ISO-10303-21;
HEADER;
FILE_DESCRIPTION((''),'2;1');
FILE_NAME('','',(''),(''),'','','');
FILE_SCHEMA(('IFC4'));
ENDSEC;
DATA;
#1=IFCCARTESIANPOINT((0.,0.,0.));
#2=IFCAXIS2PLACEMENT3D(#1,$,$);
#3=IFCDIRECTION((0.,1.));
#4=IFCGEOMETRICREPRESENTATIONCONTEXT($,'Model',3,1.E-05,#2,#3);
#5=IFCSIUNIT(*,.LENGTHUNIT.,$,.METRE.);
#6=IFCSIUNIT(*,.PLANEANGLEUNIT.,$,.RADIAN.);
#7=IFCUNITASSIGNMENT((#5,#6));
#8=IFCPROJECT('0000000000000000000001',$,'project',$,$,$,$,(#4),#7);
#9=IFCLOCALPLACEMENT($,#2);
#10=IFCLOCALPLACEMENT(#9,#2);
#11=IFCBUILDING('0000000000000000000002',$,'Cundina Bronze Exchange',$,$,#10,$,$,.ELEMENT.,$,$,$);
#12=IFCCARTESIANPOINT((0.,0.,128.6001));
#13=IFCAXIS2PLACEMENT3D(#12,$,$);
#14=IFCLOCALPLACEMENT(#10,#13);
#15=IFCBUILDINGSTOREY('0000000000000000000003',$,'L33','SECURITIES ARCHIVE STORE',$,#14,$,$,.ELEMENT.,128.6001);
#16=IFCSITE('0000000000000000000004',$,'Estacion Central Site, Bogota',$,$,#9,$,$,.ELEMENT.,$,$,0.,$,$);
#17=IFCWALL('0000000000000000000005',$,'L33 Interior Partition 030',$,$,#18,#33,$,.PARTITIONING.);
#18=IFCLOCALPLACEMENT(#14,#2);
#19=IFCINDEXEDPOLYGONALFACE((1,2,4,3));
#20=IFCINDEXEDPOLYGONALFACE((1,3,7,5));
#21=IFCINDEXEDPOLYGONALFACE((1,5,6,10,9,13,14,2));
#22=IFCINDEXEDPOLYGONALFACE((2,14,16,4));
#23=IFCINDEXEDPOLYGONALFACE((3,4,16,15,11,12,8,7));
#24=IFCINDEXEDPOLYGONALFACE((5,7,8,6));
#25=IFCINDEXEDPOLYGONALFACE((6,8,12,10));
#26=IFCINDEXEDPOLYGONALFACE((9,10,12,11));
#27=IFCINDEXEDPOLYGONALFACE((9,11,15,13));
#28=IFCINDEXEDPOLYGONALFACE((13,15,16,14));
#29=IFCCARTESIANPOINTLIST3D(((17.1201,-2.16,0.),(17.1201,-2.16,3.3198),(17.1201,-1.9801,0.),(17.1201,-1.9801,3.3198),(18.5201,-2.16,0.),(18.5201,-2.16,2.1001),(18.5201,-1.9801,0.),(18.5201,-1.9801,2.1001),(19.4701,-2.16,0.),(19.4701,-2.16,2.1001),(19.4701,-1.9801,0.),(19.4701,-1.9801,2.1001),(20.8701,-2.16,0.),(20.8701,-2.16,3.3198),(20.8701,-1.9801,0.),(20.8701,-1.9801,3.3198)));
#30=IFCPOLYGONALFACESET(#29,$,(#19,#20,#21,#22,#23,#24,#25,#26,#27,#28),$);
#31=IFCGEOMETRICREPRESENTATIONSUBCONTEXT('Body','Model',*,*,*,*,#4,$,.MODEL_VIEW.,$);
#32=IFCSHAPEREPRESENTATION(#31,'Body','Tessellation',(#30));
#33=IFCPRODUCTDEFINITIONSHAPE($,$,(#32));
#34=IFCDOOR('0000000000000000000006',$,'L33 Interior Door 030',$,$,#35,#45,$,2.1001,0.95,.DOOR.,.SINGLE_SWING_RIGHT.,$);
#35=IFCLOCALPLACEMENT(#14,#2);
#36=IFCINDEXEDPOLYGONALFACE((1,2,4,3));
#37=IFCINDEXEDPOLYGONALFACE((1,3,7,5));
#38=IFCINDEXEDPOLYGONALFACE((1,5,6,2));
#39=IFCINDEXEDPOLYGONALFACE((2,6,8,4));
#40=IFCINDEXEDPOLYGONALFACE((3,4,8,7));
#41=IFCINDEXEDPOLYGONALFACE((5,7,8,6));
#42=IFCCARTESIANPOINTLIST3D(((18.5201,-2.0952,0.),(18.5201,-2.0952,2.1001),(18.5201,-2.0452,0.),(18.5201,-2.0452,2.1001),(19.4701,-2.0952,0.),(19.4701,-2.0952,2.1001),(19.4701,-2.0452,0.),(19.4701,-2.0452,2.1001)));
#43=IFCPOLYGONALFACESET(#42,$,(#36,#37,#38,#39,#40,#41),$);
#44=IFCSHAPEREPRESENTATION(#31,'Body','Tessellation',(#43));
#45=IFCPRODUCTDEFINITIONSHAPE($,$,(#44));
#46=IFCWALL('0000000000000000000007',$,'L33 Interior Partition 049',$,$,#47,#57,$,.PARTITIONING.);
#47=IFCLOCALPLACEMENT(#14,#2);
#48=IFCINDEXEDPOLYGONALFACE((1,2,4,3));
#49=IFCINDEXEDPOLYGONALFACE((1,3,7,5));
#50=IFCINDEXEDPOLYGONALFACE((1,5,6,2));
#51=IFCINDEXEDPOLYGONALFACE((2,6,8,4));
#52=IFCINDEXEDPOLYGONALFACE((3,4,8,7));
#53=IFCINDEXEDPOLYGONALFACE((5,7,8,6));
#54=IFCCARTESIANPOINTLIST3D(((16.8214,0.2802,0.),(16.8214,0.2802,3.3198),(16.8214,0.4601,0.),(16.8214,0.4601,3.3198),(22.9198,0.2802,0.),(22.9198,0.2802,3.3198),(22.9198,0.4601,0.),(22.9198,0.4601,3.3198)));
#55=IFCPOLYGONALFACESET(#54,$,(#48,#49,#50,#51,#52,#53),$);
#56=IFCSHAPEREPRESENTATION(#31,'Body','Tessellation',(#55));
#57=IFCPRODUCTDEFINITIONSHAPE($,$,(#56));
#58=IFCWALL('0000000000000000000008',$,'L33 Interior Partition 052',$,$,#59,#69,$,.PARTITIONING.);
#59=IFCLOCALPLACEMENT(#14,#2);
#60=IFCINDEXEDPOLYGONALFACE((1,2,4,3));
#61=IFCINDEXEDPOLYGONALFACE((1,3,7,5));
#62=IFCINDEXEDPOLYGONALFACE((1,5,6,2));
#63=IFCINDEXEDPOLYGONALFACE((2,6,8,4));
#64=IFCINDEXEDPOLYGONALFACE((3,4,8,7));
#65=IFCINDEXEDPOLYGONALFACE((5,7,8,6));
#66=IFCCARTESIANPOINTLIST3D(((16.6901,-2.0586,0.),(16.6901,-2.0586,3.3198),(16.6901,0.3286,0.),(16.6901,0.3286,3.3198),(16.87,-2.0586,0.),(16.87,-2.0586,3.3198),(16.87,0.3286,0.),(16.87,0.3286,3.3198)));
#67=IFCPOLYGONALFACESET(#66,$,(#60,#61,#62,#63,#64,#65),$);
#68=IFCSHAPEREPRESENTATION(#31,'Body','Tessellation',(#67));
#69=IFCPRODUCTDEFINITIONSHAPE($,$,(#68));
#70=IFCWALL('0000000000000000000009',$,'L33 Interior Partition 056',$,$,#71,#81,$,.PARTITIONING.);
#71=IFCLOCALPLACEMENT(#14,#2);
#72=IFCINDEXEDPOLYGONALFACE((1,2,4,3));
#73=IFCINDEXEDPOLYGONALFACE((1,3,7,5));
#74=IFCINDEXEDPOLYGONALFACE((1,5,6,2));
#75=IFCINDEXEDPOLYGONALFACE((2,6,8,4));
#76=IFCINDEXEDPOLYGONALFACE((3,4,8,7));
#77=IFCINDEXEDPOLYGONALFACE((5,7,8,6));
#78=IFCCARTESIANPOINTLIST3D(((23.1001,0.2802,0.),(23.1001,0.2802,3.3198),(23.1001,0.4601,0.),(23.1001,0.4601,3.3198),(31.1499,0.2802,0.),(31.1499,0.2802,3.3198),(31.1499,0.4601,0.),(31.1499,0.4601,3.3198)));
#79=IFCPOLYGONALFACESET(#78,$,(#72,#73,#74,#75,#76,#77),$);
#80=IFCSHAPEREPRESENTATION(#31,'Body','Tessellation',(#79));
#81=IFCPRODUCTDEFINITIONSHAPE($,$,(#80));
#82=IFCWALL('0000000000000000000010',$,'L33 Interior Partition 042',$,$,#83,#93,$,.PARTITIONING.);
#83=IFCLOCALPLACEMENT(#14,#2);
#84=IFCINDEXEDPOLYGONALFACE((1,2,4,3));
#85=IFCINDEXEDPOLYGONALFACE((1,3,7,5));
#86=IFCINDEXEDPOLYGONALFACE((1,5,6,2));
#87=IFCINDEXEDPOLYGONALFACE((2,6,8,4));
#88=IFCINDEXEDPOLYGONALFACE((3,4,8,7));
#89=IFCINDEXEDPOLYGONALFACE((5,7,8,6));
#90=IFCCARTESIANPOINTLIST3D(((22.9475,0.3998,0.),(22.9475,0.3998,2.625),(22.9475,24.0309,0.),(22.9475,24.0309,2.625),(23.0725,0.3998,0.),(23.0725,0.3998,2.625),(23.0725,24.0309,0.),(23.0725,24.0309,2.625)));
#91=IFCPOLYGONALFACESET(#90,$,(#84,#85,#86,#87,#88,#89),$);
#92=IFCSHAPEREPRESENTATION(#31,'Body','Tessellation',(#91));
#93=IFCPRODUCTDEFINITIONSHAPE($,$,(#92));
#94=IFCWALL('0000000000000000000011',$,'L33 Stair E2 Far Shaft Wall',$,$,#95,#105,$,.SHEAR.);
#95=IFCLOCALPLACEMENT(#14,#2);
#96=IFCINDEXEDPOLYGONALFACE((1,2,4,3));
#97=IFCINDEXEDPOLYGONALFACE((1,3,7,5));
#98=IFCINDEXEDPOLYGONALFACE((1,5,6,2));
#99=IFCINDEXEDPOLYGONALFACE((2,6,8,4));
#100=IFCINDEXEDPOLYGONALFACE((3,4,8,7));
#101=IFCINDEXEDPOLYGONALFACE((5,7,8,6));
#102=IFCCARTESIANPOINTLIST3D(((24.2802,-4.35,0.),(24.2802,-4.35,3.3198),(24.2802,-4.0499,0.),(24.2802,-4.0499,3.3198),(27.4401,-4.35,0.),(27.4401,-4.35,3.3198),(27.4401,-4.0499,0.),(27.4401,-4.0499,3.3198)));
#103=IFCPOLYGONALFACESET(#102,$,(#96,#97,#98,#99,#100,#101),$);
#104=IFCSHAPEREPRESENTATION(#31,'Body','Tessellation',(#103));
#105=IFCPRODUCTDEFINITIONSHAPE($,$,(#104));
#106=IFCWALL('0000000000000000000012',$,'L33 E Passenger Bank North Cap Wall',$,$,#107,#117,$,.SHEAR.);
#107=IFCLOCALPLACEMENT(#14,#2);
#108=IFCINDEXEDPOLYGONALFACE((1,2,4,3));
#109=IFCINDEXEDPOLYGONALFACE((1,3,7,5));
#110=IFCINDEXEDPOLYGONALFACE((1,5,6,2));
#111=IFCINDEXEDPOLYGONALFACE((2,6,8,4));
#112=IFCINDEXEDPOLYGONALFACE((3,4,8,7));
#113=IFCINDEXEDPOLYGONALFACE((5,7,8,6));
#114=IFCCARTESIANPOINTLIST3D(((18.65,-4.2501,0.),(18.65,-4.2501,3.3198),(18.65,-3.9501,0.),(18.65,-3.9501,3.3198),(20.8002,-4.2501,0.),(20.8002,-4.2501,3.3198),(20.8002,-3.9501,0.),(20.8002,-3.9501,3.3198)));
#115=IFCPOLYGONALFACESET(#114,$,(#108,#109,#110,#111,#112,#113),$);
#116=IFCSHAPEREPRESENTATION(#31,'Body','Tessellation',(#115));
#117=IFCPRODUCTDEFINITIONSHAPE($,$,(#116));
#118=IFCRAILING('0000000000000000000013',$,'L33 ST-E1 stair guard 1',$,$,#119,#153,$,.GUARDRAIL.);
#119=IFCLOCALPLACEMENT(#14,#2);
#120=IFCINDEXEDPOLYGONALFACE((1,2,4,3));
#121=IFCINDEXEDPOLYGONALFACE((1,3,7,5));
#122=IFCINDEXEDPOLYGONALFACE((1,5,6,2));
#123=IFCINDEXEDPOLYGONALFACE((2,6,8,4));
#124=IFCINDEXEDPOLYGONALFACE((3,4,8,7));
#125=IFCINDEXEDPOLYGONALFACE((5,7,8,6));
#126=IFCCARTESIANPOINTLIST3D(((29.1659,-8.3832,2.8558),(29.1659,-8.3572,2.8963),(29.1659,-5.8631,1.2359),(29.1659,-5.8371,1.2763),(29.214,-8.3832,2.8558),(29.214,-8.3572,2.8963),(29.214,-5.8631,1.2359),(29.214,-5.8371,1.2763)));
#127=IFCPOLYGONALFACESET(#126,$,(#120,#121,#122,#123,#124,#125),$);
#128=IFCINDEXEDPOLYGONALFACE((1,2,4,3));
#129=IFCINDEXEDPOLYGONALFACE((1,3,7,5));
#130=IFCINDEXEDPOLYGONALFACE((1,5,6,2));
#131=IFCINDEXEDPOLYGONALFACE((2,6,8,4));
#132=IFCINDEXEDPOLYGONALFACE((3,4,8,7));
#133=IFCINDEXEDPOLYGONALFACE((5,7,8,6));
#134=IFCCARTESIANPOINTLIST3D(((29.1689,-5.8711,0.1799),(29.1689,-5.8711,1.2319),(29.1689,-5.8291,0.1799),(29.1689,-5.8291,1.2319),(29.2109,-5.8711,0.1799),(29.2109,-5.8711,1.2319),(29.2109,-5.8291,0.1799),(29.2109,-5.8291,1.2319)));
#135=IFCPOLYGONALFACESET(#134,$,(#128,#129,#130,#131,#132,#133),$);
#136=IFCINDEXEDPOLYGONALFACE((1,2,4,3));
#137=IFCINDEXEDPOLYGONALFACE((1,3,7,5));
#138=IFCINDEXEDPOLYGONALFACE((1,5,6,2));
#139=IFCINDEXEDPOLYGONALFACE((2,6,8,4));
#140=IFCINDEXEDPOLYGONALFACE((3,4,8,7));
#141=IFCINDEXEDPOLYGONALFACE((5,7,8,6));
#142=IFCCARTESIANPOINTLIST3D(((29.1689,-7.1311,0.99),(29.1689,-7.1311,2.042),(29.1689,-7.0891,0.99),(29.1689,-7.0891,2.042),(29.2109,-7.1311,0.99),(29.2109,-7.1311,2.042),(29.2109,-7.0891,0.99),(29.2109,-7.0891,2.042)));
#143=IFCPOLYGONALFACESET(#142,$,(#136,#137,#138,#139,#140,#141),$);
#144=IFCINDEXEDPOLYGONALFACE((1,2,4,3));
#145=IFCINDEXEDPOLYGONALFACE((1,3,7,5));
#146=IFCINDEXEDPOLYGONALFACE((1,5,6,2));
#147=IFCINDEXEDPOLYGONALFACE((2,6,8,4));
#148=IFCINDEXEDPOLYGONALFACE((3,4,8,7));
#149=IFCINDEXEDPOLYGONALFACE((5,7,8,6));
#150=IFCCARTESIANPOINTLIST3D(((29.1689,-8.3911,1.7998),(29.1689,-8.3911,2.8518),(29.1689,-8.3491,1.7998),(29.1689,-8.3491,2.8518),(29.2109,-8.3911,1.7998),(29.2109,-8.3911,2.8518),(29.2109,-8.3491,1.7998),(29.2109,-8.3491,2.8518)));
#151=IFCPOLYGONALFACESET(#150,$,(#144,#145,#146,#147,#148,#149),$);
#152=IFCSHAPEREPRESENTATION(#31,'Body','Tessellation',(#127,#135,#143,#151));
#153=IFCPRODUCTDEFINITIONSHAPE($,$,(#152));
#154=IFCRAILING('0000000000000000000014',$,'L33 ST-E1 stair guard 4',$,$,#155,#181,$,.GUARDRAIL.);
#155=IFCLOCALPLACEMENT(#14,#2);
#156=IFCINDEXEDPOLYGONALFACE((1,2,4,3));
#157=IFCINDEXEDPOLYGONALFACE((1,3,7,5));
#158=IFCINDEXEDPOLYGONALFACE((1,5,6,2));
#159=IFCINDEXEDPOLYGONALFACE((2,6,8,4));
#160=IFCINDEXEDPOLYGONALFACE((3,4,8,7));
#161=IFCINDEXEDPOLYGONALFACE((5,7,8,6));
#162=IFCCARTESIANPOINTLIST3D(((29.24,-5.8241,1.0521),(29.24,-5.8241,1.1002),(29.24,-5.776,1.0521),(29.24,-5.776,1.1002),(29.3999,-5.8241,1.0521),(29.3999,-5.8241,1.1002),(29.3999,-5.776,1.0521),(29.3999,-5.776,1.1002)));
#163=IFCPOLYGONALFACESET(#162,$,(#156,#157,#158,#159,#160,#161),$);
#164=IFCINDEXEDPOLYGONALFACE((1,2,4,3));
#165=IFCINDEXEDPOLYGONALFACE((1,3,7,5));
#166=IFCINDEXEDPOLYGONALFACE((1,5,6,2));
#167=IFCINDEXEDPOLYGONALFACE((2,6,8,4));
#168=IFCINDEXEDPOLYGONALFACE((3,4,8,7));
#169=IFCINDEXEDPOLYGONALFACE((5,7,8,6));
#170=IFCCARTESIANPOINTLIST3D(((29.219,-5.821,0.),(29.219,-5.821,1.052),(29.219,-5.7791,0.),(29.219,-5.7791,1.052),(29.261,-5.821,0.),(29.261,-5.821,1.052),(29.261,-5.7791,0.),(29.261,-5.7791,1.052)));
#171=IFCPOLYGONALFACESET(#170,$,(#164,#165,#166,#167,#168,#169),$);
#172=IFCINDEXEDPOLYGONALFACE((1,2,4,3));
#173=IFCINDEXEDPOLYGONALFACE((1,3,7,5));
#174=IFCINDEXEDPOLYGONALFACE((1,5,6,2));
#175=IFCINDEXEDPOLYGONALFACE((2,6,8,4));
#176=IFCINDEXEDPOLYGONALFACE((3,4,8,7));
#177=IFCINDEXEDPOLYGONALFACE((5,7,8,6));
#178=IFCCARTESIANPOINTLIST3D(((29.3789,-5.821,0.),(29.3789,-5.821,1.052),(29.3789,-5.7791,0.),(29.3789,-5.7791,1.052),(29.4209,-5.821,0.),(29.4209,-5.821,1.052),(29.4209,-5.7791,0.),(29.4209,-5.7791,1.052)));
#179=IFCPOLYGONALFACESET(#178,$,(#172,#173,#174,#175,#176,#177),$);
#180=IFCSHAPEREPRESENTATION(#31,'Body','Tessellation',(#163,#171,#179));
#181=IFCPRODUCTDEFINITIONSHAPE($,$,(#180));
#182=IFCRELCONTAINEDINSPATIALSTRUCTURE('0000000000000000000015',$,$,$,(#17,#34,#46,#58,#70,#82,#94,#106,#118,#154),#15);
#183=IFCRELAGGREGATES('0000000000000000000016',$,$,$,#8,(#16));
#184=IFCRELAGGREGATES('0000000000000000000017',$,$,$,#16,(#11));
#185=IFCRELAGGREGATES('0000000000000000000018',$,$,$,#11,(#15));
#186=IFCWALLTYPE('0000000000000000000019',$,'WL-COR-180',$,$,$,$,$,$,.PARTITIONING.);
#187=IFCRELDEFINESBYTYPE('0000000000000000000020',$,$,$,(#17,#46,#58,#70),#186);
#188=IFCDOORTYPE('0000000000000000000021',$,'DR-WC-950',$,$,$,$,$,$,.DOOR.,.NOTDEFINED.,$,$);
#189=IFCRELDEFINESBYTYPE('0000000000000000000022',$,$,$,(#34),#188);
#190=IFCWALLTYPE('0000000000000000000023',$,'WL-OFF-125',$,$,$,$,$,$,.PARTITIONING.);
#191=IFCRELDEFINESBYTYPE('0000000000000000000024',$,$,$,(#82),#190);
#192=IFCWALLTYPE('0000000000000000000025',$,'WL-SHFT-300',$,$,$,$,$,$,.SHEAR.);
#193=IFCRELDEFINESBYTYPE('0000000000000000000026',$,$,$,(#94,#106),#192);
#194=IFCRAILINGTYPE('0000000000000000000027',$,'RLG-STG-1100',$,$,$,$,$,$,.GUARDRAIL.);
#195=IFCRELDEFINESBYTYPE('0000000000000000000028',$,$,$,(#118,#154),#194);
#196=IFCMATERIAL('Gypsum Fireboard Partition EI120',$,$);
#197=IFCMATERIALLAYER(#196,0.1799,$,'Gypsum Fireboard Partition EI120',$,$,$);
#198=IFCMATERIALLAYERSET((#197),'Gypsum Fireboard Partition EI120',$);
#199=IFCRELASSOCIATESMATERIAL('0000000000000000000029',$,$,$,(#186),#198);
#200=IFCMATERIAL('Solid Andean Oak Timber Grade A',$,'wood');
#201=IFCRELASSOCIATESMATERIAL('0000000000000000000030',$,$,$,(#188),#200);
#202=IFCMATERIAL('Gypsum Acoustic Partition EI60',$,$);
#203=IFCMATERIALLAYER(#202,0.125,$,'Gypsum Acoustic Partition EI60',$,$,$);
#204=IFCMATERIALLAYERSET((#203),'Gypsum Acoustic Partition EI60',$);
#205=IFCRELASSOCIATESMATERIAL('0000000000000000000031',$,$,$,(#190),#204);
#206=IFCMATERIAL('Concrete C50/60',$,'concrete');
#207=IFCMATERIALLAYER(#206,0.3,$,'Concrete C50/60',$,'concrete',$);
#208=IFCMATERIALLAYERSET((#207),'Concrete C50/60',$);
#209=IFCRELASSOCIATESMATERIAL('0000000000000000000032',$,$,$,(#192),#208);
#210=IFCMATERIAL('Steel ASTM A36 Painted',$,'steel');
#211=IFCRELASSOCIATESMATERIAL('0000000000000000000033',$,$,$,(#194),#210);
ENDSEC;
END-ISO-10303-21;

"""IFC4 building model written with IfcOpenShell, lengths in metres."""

from ifc_helpers import new_model, si_unit, direction, frame, frame_2d, origin, origin_2d, place, context, subcontext, project, spatial, rectangle, extrude, material, layer, layer_set, type_object, element, fill, save


model = new_model("IFC4")

# Units and contexts
model_context = context("Model", 3, precision=1e-05, world=origin(), true_north=direction((0.0, 1.0)))
body_context = subcontext(model_context, "Body", "Model", "MODEL_VIEW")
ifc_project = project(units=[si_unit("LENGTHUNIT", "METRE"), si_unit("PLANEANGLEUNIT", "RADIAN")], contexts=[model_context])

# Site, building, storey
site_placement = place(None, origin())
site = spatial("IfcSite", under=ifc_project, at=site_placement, Name="Estacion Central Site, Bogota", CompositionType="ELEMENT", RefElevation=0.0)
building_placement = place(site_placement, origin())
building = spatial("IfcBuilding", under=site, at=building_placement, Name="Cundina Bronze Exchange", CompositionType="ELEMENT")
storey_placement = place(building_placement, frame((0.0, 0.0, 128.6001)))
storey = spatial("IfcBuildingStorey", under=building, at=storey_placement, Name="L33", Description="SECURITIES ARCHIVE STORE", CompositionType="ELEMENT", Elevation=128.6001)

# Shared definitions
ifc_material_1 = material(Name="Gypsum Fireboard Partition EI120")
ifc_layer_1 = layer(ifc_material_1, 0.1799, Name="Gypsum Fireboard Partition EI120")
ifc_layer_set_1 = layer_set([ifc_layer_1], Name="Gypsum Fireboard Partition EI120")
wall_type_1 = type_object("IfcWallType", Name="WL-COR-180", PredefinedType="PARTITIONING", material=ifc_layer_set_1)

# Wall, opening, door
ifc_material_2 = material(Name="Steel ASTM A36 Painted", Category="steel")
wall_1_placement = place(storey_placement, frame((17.1201, -2.0701, 0.0), z_axis=(0.0, 0.0, 1.0), x_axis=(1.0, 0.0, 0.0)))
wall_1 = element("IfcWall", 1, at=wall_1_placement, inside=storey, type_object=wall_type_1, Name="L33 Interior Partition 030", PredefinedType="PARTITIONING", context=body_context, shape_type="SweptSolid", body=[
    extrude(rectangle(XDim=3.75, YDim=0.1799, at=frame_2d((1.875, 0.0))), origin(), (0.0, 0.0, 1.0), 3.3198),
])
opening_1_placement = place(wall_1_placement, frame((1.3999, 0.0, 0.0)))
opening_1 = element("IfcOpeningElement", 2, at=opening_1_placement, cuts=wall_1, PredefinedType="OPENING", context=body_context, shape_type="SweptSolid", body=[
    extrude(rectangle(XDim=0.95, YDim=2.1001, at=frame_2d((0.4751, 1.05))), frame((0.0, 0.0999, 0.0), z_axis=(0.0, -1.0, 0.0), x_axis=(1.0, 0.0, 0.0)), (0.0, 0.0, 1.0), 0.2),
])
ifc_material_3 = material(Name="Solid Andean Oak Timber Grade A", Category="wood")
door_type_1 = type_object("IfcDoorType", Name="DR-WC-950", OperationType="NOTDEFINED", PredefinedType="DOOR", material=ifc_material_3)
door_1_placement = place(opening_1_placement, origin())
door_1 = element("IfcDoor", 3, at=door_1_placement, inside=storey, type_object=door_type_1, Name="L33 Interior Door 030", OperationType="SINGLE_SWING_RIGHT", OverallHeight=2.1001, OverallWidth=0.95, PredefinedType="DOOR", context=body_context, shape_type="SweptSolid", body=[
    extrude(rectangle(XDim=0.95, YDim=2.1001, at=frame_2d((0.4751, 1.05))), frame((0.0, 0.0249, 0.0), z_axis=(0.0, -1.0, 0.0), x_axis=(1.0, 0.0, 0.0)), (0.0, 0.0, 1.0), 0.05),
])
fill(opening_1, door_1)

# Walls
wall_2_placement = place(storey_placement, frame((22.9199, 0.3701, 0.0), z_axis=(0.0, 0.0, 1.0), x_axis=(-1.0, 0.0, 0.0)))
element("IfcWall", 4, at=wall_2_placement, inside=storey, type_object=wall_type_1, Name="L33 Interior Partition 049", PredefinedType="PARTITIONING", context=body_context, shape_type="SweptSolid", body=[
    extrude(rectangle(XDim=6.0984, YDim=0.1799, at=frame_2d((3.0493, 0.0))), origin(), (0.0, 0.0, 1.0), 3.3198),
])
wall_3_placement = place(storey_placement, frame((16.78, 0.3286, 0.0), z_axis=(0.0, 0.0, 1.0), x_axis=(0.0, -1.0, 0.0)))
element("IfcWall", 5, at=wall_3_placement, inside=storey, type_object=wall_type_1, Name="L33 Interior Partition 052", PredefinedType="PARTITIONING", context=body_context, shape_type="SweptSolid", body=[
    extrude(rectangle(XDim=2.3872, YDim=0.1799, at=frame_2d((1.1936, 0.0))), origin(), (0.0, 0.0, 1.0), 3.3198),
])
wall_4_placement = place(storey_placement, frame((31.1499, 0.3701, 0.0), z_axis=(0.0, 0.0, 1.0), x_axis=(-1.0, 0.0, 0.0)))
element("IfcWall", 6, at=wall_4_placement, inside=storey, type_object=wall_type_1, Name="L33 Interior Partition 056", PredefinedType="PARTITIONING", context=body_context, shape_type="SweptSolid", body=[
    extrude(rectangle(XDim=8.0498, YDim=0.1799, at=frame_2d((4.0249, 0.0))), origin(), (0.0, 0.0, 1.0), 3.3198),
])
ifc_material_4 = material(Name="Gypsum Acoustic Partition EI60")
ifc_layer_2 = layer(ifc_material_4, 0.125, Name="Gypsum Acoustic Partition EI60")
ifc_layer_set_2 = layer_set([ifc_layer_2], Name="Gypsum Acoustic Partition EI60")
wall_type_2 = type_object("IfcWallType", Name="WL-OFF-125", PredefinedType="PARTITIONING", material=ifc_layer_set_2)
wall_5_placement = place(storey_placement, frame((23.01, 0.3999, 0.0), z_axis=(0.0, 0.0, 1.0), x_axis=(0.0, 1.0, 0.0)))
element("IfcWall", 7, at=wall_5_placement, inside=storey, type_object=wall_type_2, Name="L33 Interior Partition 042", PredefinedType="PARTITIONING", context=body_context, shape_type="SweptSolid", body=[
    extrude(rectangle(XDim=23.6311, YDim=0.125, at=frame_2d((11.8154, 0.0))), origin(), (0.0, 0.0, 1.0), 2.625),
])

# Shared definitions
ifc_material_5 = material(Name="Concrete C50/60", Category="concrete")
ifc_layer_3 = layer(ifc_material_5, 0.3, Name="Concrete C50/60", Category="concrete")
ifc_layer_set_3 = layer_set([ifc_layer_3], Name="Concrete C50/60")
wall_type_3 = type_object("IfcWallType", Name="WL-SHFT-300", PredefinedType="SHEAR", material=ifc_layer_set_3)

# Walls
wall_6_placement = place(storey_placement, frame((24.28, -4.2, 0.0), z_axis=(0.0, 0.0, 1.0), x_axis=(1.0, 0.0, 0.0)))
element("IfcWall", 8, at=wall_6_placement, inside=storey, type_object=wall_type_3, Name="L33 Stair E2 Far Shaft Wall", PredefinedType="SHEAR", context=body_context, shape_type="SweptSolid", body=[
    extrude(rectangle(XDim=3.1599, YDim=0.3, at=frame_2d((1.5801, 0.0))), origin(), (0.0, 0.0, 1.0), 3.3198),
])
wall_7_placement = place(storey_placement, frame((18.6499, -4.1001, 0.0), z_axis=(0.0, 0.0, 1.0), x_axis=(1.0, 0.0, 0.0)))
element("IfcWall", 9, at=wall_7_placement, inside=storey, type_object=wall_type_3, Name="L33 E Passenger Bank North Cap Wall", PredefinedType="SHEAR", context=body_context, shape_type="SweptSolid", body=[
    extrude(rectangle(XDim=2.1501, YDim=0.3, at=frame_2d((1.0752, 0.0))), origin(), (0.0, 0.0, 1.0), 3.3198),
])

# Railings
railing_type = type_object("IfcRailingType", Name="RLG-STG-1100", PredefinedType="GUARDRAIL", material=ifc_material_2)
railing_1_placement = place(storey_placement, frame((29.1899, -5.8501, 0.1799)))
element("IfcRailing", 10, at=railing_1_placement, inside=storey, type_object=railing_type, Name="L33 ST-E1 stair guard 1", PredefinedType="GUARDRAIL", context=body_context, shape_type="SweptSolid", body=[
    extrude(rectangle(XDim=0.0481, YDim=0.0481, at=origin_2d()), frame((0.0, 0.0, 1.0762), z_axis=(0.0, -0.8412, 0.540725), x_axis=(1.0, 0.0, 0.0)), (0.0, 0.0, 1.0), 2.9958),
    extrude(rectangle(XDim=0.042, YDim=0.042, at=origin_2d()), origin(), (0.0, 0.0, 1.0), 1.052),
    extrude(rectangle(XDim=0.042, YDim=0.042, at=origin_2d()), frame((0.0, -1.26, 0.8101)), (0.0, 0.0, 1.0), 1.052),
    extrude(rectangle(XDim=0.042, YDim=0.042, at=origin_2d()), frame((0.0, -2.52, 1.6199)), (0.0, 0.0, 1.0), 1.052),
])
railing_2_placement = place(storey_placement, frame((29.24, -5.8, 0.0)))
element("IfcRailing", 11, at=railing_2_placement, inside=storey, type_object=railing_type, Name="L33 ST-E1 stair guard 4", PredefinedType="GUARDRAIL", context=body_context, shape_type="SweptSolid", body=[
    extrude(rectangle(XDim=0.0481, YDim=0.0481, at=origin_2d()), frame((0.0, 0.0, 1.0762), z_axis=(1.0, 0.0, 0.0), x_axis=(0.0, 1.0, 0.0)), (0.0, 0.0, 1.0), 0.1599),
    extrude(rectangle(XDim=0.042, YDim=0.042, at=origin_2d()), origin(), (0.0, 0.0, 1.0), 1.052),
    extrude(rectangle(XDim=0.042, YDim=0.042, at=origin_2d()), frame((0.1599, 0.0, 0.0)), (0.0, 0.0, 1.0), 1.052),
])

save(model, "model.ifc")
